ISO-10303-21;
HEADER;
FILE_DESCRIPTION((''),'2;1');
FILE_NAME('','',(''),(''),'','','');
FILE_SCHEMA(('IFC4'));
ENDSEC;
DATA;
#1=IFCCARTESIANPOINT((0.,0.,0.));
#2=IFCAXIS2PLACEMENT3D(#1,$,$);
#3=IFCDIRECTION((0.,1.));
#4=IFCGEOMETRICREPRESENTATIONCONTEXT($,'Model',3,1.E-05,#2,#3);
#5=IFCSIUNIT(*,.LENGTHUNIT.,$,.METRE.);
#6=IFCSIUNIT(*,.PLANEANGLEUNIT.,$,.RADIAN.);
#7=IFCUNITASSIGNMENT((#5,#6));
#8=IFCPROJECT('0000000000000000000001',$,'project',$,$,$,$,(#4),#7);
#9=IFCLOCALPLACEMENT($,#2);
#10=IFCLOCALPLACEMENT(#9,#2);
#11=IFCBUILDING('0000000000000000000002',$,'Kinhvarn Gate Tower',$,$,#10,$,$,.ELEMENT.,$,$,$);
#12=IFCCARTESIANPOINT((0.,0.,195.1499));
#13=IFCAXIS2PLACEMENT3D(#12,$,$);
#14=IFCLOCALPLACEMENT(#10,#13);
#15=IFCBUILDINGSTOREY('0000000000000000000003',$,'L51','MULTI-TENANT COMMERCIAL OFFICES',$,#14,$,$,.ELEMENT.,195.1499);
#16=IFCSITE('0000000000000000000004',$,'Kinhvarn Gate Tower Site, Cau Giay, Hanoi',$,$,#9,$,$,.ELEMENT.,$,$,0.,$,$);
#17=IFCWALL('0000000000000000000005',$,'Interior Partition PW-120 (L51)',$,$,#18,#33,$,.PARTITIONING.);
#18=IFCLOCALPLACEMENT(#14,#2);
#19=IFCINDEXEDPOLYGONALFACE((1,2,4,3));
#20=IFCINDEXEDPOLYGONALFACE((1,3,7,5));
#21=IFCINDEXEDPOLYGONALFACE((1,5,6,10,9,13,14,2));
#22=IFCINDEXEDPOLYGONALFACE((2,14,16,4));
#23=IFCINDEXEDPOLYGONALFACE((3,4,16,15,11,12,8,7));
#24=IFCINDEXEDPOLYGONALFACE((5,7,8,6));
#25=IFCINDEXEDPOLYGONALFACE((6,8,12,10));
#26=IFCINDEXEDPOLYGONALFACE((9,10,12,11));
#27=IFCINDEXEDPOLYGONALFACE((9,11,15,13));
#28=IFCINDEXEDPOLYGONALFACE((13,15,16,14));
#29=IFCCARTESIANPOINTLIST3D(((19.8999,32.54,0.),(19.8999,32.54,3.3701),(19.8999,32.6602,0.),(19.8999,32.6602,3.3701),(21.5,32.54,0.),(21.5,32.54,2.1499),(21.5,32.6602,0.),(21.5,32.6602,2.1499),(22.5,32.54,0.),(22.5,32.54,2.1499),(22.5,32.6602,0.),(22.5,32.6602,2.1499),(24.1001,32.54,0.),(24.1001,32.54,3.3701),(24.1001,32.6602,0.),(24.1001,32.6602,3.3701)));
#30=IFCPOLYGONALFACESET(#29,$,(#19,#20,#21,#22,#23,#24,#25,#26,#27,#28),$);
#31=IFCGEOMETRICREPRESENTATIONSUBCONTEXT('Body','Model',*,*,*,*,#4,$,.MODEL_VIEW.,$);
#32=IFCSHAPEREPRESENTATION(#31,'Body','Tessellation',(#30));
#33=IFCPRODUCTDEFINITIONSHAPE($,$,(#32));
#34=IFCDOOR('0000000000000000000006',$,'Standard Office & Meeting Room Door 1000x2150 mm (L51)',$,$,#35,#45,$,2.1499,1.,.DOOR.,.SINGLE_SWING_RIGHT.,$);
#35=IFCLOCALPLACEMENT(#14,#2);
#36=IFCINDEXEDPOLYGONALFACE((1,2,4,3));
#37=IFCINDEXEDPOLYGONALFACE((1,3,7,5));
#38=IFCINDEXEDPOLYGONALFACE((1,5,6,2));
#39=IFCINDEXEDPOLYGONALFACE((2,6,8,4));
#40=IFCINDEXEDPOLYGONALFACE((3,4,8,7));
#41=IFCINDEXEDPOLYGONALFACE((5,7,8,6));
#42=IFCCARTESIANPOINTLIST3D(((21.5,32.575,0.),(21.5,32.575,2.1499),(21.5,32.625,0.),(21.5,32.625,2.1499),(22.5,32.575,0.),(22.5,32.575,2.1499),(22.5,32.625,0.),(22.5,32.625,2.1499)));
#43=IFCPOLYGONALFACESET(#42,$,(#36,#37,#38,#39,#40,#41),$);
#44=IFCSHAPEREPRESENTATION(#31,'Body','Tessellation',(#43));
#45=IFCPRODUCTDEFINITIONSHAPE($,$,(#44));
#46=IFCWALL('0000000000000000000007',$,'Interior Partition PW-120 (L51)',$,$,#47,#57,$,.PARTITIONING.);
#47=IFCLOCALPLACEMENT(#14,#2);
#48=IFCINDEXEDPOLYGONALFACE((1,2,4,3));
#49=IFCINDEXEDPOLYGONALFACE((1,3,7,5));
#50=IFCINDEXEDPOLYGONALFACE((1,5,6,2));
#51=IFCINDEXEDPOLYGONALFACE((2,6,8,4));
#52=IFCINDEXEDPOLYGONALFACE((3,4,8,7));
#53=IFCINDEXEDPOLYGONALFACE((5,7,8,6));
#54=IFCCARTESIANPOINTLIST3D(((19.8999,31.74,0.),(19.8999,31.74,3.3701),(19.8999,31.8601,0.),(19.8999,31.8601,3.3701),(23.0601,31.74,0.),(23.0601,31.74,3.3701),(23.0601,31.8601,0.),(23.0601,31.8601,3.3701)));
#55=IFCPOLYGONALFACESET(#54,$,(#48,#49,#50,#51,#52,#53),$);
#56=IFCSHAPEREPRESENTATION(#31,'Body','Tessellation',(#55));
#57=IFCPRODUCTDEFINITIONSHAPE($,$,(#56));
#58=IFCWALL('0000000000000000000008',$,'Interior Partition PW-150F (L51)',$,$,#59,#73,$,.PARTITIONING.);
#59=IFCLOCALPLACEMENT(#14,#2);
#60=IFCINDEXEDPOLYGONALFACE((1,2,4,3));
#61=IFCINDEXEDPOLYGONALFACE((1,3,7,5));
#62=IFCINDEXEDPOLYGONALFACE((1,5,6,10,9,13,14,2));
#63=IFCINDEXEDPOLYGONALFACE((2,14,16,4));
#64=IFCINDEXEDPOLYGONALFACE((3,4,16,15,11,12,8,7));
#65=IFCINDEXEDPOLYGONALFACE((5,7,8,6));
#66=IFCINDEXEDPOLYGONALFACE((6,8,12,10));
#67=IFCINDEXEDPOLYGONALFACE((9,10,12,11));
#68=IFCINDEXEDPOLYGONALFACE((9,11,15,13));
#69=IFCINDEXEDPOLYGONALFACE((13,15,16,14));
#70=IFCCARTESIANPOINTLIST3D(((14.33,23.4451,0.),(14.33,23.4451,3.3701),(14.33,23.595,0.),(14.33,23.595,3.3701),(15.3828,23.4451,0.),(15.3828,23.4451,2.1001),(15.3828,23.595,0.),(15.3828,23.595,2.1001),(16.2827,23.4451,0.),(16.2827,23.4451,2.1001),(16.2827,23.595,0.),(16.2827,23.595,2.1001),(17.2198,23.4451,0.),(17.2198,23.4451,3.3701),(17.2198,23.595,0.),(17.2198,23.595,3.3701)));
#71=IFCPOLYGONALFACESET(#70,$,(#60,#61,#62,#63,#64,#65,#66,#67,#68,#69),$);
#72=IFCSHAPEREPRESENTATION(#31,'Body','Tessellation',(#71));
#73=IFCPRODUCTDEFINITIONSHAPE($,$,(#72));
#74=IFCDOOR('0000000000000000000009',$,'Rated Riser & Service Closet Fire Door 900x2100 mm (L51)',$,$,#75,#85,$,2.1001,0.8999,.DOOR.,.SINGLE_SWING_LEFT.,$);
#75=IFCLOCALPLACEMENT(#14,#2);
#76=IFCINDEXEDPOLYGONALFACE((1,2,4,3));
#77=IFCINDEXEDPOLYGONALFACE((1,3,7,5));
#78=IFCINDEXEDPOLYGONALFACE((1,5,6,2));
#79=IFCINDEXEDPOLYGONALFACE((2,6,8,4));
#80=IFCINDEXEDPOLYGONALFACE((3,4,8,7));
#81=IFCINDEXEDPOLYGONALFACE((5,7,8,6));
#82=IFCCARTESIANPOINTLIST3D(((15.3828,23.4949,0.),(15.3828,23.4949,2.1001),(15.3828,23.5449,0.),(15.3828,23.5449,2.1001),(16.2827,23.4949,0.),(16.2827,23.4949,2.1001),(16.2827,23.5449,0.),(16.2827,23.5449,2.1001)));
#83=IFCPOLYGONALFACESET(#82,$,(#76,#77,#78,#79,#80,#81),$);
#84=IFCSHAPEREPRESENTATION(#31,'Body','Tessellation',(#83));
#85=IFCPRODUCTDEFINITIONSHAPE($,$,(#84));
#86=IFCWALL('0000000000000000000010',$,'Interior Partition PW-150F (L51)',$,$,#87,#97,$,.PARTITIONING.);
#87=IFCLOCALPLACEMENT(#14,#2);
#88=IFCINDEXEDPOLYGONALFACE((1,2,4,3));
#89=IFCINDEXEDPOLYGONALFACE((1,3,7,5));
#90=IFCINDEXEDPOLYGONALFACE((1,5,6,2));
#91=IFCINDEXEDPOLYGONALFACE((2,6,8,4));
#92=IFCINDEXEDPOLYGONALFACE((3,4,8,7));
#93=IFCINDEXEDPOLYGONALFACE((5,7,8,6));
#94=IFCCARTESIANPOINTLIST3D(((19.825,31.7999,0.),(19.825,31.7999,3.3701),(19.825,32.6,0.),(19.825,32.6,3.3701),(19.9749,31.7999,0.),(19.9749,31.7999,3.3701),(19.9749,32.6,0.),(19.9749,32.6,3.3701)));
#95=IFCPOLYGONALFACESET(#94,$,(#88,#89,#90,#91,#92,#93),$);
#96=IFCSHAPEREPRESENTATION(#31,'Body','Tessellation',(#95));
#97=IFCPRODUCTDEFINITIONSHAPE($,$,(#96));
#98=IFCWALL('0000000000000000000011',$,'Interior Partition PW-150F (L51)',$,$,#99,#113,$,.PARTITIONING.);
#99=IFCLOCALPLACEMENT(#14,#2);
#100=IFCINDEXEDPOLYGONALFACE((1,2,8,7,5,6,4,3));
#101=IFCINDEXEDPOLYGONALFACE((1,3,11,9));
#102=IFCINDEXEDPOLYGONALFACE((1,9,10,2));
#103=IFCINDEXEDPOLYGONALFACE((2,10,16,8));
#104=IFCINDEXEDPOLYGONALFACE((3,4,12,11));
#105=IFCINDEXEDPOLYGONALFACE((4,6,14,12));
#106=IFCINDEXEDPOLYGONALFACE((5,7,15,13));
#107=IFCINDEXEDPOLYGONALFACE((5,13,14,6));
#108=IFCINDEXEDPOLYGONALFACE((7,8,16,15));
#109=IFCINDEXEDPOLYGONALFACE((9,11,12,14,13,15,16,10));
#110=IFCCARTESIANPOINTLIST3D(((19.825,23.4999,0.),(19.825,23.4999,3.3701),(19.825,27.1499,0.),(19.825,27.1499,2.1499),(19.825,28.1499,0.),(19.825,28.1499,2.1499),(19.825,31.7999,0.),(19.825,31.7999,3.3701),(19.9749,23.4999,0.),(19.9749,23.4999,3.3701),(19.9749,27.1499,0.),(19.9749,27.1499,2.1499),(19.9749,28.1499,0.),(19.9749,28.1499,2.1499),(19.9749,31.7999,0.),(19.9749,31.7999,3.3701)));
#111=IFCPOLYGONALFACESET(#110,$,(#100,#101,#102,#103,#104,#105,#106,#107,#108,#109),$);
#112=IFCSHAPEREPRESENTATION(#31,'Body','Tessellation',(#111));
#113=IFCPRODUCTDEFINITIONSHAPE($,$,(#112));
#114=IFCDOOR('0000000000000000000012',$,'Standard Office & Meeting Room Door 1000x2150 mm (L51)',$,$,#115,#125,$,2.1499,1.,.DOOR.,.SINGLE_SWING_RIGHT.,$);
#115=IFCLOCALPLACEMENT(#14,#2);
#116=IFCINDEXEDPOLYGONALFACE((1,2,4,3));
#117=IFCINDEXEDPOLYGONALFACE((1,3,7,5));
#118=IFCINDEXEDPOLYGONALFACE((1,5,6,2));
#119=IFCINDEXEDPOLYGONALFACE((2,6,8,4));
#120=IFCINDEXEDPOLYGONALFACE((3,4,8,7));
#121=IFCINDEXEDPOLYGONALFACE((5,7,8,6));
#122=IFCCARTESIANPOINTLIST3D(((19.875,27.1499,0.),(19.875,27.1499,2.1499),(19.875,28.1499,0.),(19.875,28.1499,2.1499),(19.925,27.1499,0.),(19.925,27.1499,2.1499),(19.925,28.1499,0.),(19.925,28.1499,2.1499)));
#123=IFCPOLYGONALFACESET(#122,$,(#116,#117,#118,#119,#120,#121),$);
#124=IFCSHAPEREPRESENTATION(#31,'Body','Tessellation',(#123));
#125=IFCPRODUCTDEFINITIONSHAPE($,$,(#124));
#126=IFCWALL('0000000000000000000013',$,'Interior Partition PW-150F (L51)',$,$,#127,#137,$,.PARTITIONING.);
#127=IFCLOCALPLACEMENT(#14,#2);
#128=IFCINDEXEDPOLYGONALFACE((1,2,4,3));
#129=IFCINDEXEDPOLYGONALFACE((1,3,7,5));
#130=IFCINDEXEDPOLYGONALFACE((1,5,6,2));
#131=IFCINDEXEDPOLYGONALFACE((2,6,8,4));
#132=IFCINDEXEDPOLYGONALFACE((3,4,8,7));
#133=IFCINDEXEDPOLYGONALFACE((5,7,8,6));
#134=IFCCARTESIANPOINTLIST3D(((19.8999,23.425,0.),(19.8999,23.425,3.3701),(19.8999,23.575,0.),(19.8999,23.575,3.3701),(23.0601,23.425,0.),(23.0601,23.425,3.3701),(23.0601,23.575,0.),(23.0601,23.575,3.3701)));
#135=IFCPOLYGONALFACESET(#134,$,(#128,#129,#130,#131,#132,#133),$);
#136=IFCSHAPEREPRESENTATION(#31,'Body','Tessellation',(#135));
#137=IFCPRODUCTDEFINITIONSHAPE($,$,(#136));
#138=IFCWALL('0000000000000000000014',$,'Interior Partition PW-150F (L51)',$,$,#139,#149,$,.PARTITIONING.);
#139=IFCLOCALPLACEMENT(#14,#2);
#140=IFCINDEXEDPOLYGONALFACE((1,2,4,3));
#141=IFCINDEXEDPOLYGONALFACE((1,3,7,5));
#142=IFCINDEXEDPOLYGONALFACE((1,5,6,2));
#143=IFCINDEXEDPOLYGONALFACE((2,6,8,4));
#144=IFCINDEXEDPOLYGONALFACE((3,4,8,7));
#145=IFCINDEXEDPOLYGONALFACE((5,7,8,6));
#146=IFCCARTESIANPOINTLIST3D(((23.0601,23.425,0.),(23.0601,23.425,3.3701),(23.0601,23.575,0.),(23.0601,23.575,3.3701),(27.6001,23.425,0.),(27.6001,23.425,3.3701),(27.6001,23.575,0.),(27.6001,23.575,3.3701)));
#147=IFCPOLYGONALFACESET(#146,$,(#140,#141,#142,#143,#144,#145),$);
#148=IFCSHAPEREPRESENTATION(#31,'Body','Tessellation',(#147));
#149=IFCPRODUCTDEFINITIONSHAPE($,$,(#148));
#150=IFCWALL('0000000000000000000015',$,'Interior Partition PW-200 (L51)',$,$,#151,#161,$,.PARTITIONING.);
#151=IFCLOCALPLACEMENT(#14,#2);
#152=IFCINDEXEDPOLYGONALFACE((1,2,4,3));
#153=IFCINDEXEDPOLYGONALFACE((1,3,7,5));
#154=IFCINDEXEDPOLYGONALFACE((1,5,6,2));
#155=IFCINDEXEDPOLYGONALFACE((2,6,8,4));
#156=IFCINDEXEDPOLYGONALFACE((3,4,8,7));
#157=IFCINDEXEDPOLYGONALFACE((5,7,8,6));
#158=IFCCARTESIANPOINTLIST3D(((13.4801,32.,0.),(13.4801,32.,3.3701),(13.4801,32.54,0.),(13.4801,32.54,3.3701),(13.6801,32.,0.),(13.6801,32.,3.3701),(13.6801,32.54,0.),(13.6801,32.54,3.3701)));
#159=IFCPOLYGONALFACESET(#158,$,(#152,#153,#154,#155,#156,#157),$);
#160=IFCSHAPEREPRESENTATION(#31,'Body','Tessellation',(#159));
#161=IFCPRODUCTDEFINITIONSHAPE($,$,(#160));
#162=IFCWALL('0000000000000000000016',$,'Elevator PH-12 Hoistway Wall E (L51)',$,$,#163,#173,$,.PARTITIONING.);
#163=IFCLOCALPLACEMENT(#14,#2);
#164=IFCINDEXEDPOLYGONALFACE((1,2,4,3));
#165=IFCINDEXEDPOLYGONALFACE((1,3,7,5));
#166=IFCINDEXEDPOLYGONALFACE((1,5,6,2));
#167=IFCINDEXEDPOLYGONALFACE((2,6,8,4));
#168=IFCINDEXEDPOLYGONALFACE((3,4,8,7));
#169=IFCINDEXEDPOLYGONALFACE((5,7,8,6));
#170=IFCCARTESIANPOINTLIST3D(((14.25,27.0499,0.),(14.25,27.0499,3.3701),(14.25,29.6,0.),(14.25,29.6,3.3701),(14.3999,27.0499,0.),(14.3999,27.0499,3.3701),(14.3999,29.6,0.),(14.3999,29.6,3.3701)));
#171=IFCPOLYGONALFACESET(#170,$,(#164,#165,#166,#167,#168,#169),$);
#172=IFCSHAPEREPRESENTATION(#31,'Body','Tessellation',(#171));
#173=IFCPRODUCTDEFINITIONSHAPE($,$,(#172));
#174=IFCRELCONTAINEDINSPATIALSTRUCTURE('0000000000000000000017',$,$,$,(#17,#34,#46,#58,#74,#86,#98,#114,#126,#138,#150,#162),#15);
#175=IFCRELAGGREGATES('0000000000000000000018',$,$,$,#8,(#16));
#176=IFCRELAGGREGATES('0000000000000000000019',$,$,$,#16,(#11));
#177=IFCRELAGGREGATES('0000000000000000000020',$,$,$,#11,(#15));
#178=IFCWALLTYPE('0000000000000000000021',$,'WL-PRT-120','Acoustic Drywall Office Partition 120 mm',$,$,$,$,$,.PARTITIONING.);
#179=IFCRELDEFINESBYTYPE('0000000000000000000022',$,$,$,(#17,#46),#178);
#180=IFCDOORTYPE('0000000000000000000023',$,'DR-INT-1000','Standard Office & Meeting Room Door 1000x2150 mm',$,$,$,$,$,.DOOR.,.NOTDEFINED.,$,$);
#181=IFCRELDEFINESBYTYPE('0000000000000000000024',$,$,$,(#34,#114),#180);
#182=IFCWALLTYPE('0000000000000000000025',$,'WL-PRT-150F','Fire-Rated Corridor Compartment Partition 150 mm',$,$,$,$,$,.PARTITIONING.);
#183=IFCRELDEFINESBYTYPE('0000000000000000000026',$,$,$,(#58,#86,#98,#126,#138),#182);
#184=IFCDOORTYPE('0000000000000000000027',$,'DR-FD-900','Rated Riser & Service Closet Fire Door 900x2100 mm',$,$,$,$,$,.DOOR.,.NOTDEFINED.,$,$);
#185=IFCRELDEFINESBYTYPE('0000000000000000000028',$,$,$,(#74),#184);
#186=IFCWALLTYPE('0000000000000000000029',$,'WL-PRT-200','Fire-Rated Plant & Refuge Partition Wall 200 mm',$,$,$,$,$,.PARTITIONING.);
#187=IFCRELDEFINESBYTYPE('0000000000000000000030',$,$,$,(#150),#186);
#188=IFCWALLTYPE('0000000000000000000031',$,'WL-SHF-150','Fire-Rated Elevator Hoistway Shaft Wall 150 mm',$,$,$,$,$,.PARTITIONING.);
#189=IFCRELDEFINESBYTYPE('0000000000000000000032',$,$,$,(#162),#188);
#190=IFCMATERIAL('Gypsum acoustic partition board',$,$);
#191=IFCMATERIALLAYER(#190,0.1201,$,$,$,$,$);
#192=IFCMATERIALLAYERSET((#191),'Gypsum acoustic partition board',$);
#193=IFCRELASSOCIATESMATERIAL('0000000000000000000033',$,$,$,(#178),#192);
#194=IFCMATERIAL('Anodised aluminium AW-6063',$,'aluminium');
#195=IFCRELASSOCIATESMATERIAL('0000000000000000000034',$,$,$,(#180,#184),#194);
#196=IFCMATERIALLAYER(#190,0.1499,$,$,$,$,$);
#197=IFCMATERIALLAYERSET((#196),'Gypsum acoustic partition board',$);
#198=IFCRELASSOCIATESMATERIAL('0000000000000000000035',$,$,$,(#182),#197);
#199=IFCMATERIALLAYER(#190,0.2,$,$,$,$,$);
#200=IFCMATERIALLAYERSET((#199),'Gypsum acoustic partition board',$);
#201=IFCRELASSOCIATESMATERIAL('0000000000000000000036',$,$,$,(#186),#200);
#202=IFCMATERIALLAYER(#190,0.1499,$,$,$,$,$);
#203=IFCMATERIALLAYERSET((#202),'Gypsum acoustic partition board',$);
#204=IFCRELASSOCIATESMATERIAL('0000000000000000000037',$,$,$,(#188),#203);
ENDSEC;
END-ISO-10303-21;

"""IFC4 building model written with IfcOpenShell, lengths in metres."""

from ifc_helpers import new_model, si_unit, direction, frame, frame_2d, origin, place, context, subcontext, project, spatial, rectangle, extrude, material, layer, layer_set, type_object, element, fill, save


model = new_model("IFC4")

# Units and contexts
model_context = context("Model", 3, precision=1e-05, world=origin(), true_north=direction((0.0, 1.0)))
body_context = subcontext(model_context, "Body", "Model", "MODEL_VIEW")
ifc_project = project(units=[si_unit("LENGTHUNIT", "METRE"), si_unit("PLANEANGLEUNIT", "RADIAN")], contexts=[model_context])

# Site, building, storey
site_placement = place(None, origin())
site = spatial("IfcSite", under=ifc_project, at=site_placement, Name="Kinhvarn Gate Tower Site, Cau Giay, Hanoi", CompositionType="ELEMENT", RefElevation=0.0)
building_placement = place(site_placement, origin())
building = spatial("IfcBuilding", under=site, at=building_placement, Name="Kinhvarn Gate Tower", CompositionType="ELEMENT")
storey_placement = place(building_placement, frame((0.0, 0.0, 195.1499)))
storey = spatial("IfcBuildingStorey", under=building, at=storey_placement, Name="L51", Description="MULTI-TENANT COMMERCIAL OFFICES", CompositionType="ELEMENT", Elevation=195.1499)

# Wall, opening, door
ifc_material_1 = material(Name="Anodised aluminium AW-6063", Category="aluminium")
ifc_material_2 = material(Name="Gypsum acoustic partition board")
ifc_layer_1 = layer(ifc_material_2, 0.1201)
ifc_layer_set_1 = layer_set([ifc_layer_1], Name="Gypsum acoustic partition board")
wall_type_1 = type_object("IfcWallType", Name="WL-PRT-120", Description="Acoustic Drywall Office Partition 120 mm", PredefinedType="PARTITIONING", material=ifc_layer_set_1)
wall_1_placement = place(storey_placement, frame((19.8999, 32.6001, 0.0), z_axis=(0.0, 0.0, 1.0), x_axis=(1.0, 0.0, 0.0)))
wall_1 = element("IfcWall", 1, at=wall_1_placement, inside=storey, type_object=wall_type_1, Name="Interior Partition PW-120 (L51)", PredefinedType="PARTITIONING", context=body_context, shape_type="SweptSolid", body=[
    extrude(rectangle(XDim=4.2002, YDim=0.1201, at=frame_2d((2.1001, 0.0))), origin(), (0.0, 0.0, 1.0), 3.3701),
])
opening_1_placement = place(wall_1_placement, frame((1.6001, 0.0, 0.0)))
opening_1 = element("IfcOpeningElement", 2, at=opening_1_placement, cuts=wall_1, PredefinedType="OPENING", context=body_context, shape_type="SweptSolid", body=[
    extrude(rectangle(XDim=1.0, YDim=2.1499, at=frame_2d((0.5, 1.075))), frame((0.0, 0.0701, 0.0), z_axis=(0.0, -1.0, 0.0), x_axis=(1.0, 0.0, 0.0)), (0.0, 0.0, 1.0), 0.1401),
])
door_type_1 = type_object("IfcDoorType", Name="DR-INT-1000", Description="Standard Office & Meeting Room Door 1000x2150 mm", OperationType="NOTDEFINED", PredefinedType="DOOR", material=ifc_material_1)
door_1_placement = place(opening_1_placement, origin())
door_1 = element("IfcDoor", 3, at=door_1_placement, inside=storey, type_object=door_type_1, Name="Standard Office & Meeting Room Door 1000x2150 mm (L51)", OperationType="SINGLE_SWING_RIGHT", OverallHeight=2.1499, OverallWidth=1.0, PredefinedType="DOOR", context=body_context, shape_type="SweptSolid", body=[
    extrude(rectangle(XDim=1.0, YDim=2.1499, at=frame_2d((0.5, 1.075))), frame((0.0, 0.0249, 0.0), z_axis=(0.0, -1.0, 0.0), x_axis=(1.0, 0.0, 0.0)), (0.0, 0.0, 1.0), 0.05),
])
fill(opening_1, door_1)

# Wall
wall_2_placement = place(storey_placement, frame((19.8999, 31.8, 0.0), z_axis=(0.0, 0.0, 1.0), x_axis=(1.0, 0.0, 0.0)))
element("IfcWall", 4, at=wall_2_placement, inside=storey, type_object=wall_type_1, Name="Interior Partition PW-120 (L51)", PredefinedType="PARTITIONING", context=body_context, shape_type="SweptSolid", body=[
    extrude(rectangle(XDim=3.1602, YDim=0.1201, at=frame_2d((1.5801, 0.0))), origin(), (0.0, 0.0, 1.0), 3.3701),
])

# Wall, opening, door
ifc_layer_2 = layer(ifc_material_2, 0.1499)
ifc_layer_set_2 = layer_set([ifc_layer_2], Name="Gypsum acoustic partition board")
wall_type_2 = type_object("IfcWallType", Name="WL-PRT-150F", Description="Fire-Rated Corridor Compartment Partition 150 mm", PredefinedType="PARTITIONING", material=ifc_layer_set_2)
wall_3_placement = place(storey_placement, frame((14.3301, 23.52, 0.0), z_axis=(0.0, 0.0, 1.0), x_axis=(1.0, 0.0, 0.0)))
wall_3 = element("IfcWall", 5, at=wall_3_placement, inside=storey, type_object=wall_type_2, Name="Interior Partition PW-150F (L51)", PredefinedType="PARTITIONING", context=body_context, shape_type="SweptSolid", body=[
    extrude(rectangle(XDim=2.8899, YDim=0.1499, at=frame_2d((1.4448, 0.0))), origin(), (0.0, 0.0, 1.0), 3.3701),
])
opening_2_placement = place(wall_3_placement, frame((1.0527, 0.0, 0.0)))
opening_2 = element("IfcOpeningElement", 6, at=opening_2_placement, cuts=wall_3, PredefinedType="OPENING", context=body_context, shape_type="SweptSolid", body=[
    extrude(rectangle(XDim=0.8999, YDim=2.1001, at=frame_2d((0.45, 1.05))), frame((0.0, 0.085, 0.0), z_axis=(0.0, -1.0, 0.0), x_axis=(1.0, 0.0, 0.0)), (0.0, 0.0, 1.0), 0.1699),
])
door_type_2 = type_object("IfcDoorType", Name="DR-FD-900", Description="Rated Riser & Service Closet Fire Door 900x2100 mm", OperationType="NOTDEFINED", PredefinedType="DOOR", material=ifc_material_1)
door_2_placement = place(opening_2_placement, origin())
door_2 = element("IfcDoor", 7, at=door_2_placement, inside=storey, type_object=door_type_2, Name="Rated Riser & Service Closet Fire Door 900x2100 mm (L51)", OperationType="SINGLE_SWING_LEFT", OverallHeight=2.1001, OverallWidth=0.8999, PredefinedType="DOOR", context=body_context, shape_type="SweptSolid", body=[
    extrude(rectangle(XDim=0.8999, YDim=2.1001, at=frame_2d((0.45, 1.05))), frame((0.0, 0.0249, 0.0), z_axis=(0.0, -1.0, 0.0), x_axis=(1.0, 0.0, 0.0)), (0.0, 0.0, 1.0), 0.05),
])
fill(opening_2, door_2)

# Wall
wall_4_placement = place(storey_placement, frame((19.8999, 31.8, 0.0), z_axis=(0.0, 0.0, 1.0), x_axis=(0.0, 1.0, 0.0)))
element("IfcWall", 8, at=wall_4_placement, inside=storey, type_object=wall_type_2, Name="Interior Partition PW-150F (L51)", PredefinedType="PARTITIONING", context=body_context, shape_type="SweptSolid", body=[
    extrude(rectangle(XDim=0.8, YDim=0.1499, at=frame_2d((0.3999, 0.0))), origin(), (0.0, 0.0, 1.0), 3.3701),
])

# Wall, opening, door
wall_5_placement = place(storey_placement, frame((19.8999, 23.5, 0.0), z_axis=(0.0, 0.0, 1.0), x_axis=(0.0, 1.0, 0.0)))
wall_5 = element("IfcWall", 9, at=wall_5_placement, inside=storey, type_object=wall_type_2, Name="Interior Partition PW-150F (L51)", PredefinedType="PARTITIONING", context=body_context, shape_type="SweptSolid", body=[
    extrude(rectangle(XDim=8.3, YDim=0.1499, at=frame_2d((4.1499, 0.0))), origin(), (0.0, 0.0, 1.0), 3.3701),
])
opening_3_placement = place(wall_5_placement, frame((3.6499, 0.0, 0.0)))
opening_3 = element("IfcOpeningElement", 10, at=opening_3_placement, cuts=wall_5, PredefinedType="OPENING", context=body_context, shape_type="SweptSolid", body=[
    extrude(rectangle(XDim=1.0, YDim=2.1499, at=frame_2d((0.5, 1.075))), frame((0.0, 0.085, 0.0), z_axis=(0.0, -1.0, 0.0), x_axis=(1.0, 0.0, 0.0)), (0.0, 0.0, 1.0), 0.1699),
])
door_3_placement = place(opening_3_placement, origin())
door_3 = element("IfcDoor", 11, at=door_3_placement, inside=storey, type_object=door_type_1, Name="Standard Office & Meeting Room Door 1000x2150 mm (L51)", OperationType="SINGLE_SWING_RIGHT", OverallHeight=2.1499, OverallWidth=1.0, PredefinedType="DOOR", context=body_context, shape_type="SweptSolid", body=[
    extrude(rectangle(XDim=1.0, YDim=2.1499, at=frame_2d((0.5, 1.075))), frame((0.0, 0.0249, 0.0), z_axis=(0.0, -1.0, 0.0), x_axis=(1.0, 0.0, 0.0)), (0.0, 0.0, 1.0), 0.05),
])
fill(opening_3, door_3)

# Walls
wall_6_placement = place(storey_placement, frame((19.8999, 23.5, 0.0), z_axis=(0.0, 0.0, 1.0), x_axis=(1.0, 0.0, 0.0)))
element("IfcWall", 12, at=wall_6_placement, inside=storey, type_object=wall_type_2, Name="Interior Partition PW-150F (L51)", PredefinedType="PARTITIONING", context=body_context, shape_type="SweptSolid", body=[
    extrude(rectangle(XDim=3.1602, YDim=0.1499, at=frame_2d((1.5801, 0.0))), origin(), (0.0, 0.0, 1.0), 3.3701),
])
wall_7_placement = place(storey_placement, frame((23.0601, 23.5, 0.0), z_axis=(0.0, 0.0, 1.0), x_axis=(1.0, 0.0, 0.0)))
element("IfcWall", 13, at=wall_7_placement, inside=storey, type_object=wall_type_2, Name="Interior Partition PW-150F (L51)", PredefinedType="PARTITIONING", context=body_context, shape_type="SweptSolid", body=[
    extrude(rectangle(XDim=4.54, YDim=0.1499, at=frame_2d((2.27, 0.0))), origin(), (0.0, 0.0, 1.0), 3.3701),
])
ifc_layer_3 = layer(ifc_material_2, 0.2)
ifc_layer_set_3 = layer_set([ifc_layer_3], Name="Gypsum acoustic partition board")
wall_type_3 = type_object("IfcWallType", Name="WL-PRT-200", Description="Fire-Rated Plant & Refuge Partition Wall 200 mm", PredefinedType="PARTITIONING", material=ifc_layer_set_3)
wall_8_placement = place(storey_placement, frame((13.5801, 32.0, 0.0), z_axis=(0.0, 0.0, 1.0), x_axis=(0.0, 1.0, 0.0)))
element("IfcWall", 14, at=wall_8_placement, inside=storey, type_object=wall_type_3, Name="Interior Partition PW-200 (L51)", PredefinedType="PARTITIONING", context=body_context, shape_type="SweptSolid", body=[
    extrude(rectangle(XDim=0.54, YDim=0.2, at=frame_2d((0.27, 0.0))), origin(), (0.0, 0.0, 1.0), 3.3701),
])
ifc_layer_4 = layer(ifc_material_2, 0.1499)
ifc_layer_set_4 = layer_set([ifc_layer_4], Name="Gypsum acoustic partition board")
wall_type_4 = type_object("IfcWallType", Name="WL-SHF-150", Description="Fire-Rated Elevator Hoistway Shaft Wall 150 mm", PredefinedType="PARTITIONING", material=ifc_layer_set_4)
wall_9_placement = place(storey_placement, frame((14.325, 27.05, 0.0), z_axis=(0.0, 0.0, 1.0), x_axis=(0.0, 1.0, 0.0)))
element("IfcWall", 15, at=wall_9_placement, inside=storey, type_object=wall_type_4, Name="Elevator PH-12 Hoistway Wall E (L51)", PredefinedType="PARTITIONING", context=body_context, shape_type="SweptSolid", body=[
    extrude(rectangle(XDim=2.55, YDim=0.1499, at=frame_2d((1.2749, 0.0))), origin(), (0.0, 0.0, 1.0), 3.3701),
])

save(model, "model.ifc")
